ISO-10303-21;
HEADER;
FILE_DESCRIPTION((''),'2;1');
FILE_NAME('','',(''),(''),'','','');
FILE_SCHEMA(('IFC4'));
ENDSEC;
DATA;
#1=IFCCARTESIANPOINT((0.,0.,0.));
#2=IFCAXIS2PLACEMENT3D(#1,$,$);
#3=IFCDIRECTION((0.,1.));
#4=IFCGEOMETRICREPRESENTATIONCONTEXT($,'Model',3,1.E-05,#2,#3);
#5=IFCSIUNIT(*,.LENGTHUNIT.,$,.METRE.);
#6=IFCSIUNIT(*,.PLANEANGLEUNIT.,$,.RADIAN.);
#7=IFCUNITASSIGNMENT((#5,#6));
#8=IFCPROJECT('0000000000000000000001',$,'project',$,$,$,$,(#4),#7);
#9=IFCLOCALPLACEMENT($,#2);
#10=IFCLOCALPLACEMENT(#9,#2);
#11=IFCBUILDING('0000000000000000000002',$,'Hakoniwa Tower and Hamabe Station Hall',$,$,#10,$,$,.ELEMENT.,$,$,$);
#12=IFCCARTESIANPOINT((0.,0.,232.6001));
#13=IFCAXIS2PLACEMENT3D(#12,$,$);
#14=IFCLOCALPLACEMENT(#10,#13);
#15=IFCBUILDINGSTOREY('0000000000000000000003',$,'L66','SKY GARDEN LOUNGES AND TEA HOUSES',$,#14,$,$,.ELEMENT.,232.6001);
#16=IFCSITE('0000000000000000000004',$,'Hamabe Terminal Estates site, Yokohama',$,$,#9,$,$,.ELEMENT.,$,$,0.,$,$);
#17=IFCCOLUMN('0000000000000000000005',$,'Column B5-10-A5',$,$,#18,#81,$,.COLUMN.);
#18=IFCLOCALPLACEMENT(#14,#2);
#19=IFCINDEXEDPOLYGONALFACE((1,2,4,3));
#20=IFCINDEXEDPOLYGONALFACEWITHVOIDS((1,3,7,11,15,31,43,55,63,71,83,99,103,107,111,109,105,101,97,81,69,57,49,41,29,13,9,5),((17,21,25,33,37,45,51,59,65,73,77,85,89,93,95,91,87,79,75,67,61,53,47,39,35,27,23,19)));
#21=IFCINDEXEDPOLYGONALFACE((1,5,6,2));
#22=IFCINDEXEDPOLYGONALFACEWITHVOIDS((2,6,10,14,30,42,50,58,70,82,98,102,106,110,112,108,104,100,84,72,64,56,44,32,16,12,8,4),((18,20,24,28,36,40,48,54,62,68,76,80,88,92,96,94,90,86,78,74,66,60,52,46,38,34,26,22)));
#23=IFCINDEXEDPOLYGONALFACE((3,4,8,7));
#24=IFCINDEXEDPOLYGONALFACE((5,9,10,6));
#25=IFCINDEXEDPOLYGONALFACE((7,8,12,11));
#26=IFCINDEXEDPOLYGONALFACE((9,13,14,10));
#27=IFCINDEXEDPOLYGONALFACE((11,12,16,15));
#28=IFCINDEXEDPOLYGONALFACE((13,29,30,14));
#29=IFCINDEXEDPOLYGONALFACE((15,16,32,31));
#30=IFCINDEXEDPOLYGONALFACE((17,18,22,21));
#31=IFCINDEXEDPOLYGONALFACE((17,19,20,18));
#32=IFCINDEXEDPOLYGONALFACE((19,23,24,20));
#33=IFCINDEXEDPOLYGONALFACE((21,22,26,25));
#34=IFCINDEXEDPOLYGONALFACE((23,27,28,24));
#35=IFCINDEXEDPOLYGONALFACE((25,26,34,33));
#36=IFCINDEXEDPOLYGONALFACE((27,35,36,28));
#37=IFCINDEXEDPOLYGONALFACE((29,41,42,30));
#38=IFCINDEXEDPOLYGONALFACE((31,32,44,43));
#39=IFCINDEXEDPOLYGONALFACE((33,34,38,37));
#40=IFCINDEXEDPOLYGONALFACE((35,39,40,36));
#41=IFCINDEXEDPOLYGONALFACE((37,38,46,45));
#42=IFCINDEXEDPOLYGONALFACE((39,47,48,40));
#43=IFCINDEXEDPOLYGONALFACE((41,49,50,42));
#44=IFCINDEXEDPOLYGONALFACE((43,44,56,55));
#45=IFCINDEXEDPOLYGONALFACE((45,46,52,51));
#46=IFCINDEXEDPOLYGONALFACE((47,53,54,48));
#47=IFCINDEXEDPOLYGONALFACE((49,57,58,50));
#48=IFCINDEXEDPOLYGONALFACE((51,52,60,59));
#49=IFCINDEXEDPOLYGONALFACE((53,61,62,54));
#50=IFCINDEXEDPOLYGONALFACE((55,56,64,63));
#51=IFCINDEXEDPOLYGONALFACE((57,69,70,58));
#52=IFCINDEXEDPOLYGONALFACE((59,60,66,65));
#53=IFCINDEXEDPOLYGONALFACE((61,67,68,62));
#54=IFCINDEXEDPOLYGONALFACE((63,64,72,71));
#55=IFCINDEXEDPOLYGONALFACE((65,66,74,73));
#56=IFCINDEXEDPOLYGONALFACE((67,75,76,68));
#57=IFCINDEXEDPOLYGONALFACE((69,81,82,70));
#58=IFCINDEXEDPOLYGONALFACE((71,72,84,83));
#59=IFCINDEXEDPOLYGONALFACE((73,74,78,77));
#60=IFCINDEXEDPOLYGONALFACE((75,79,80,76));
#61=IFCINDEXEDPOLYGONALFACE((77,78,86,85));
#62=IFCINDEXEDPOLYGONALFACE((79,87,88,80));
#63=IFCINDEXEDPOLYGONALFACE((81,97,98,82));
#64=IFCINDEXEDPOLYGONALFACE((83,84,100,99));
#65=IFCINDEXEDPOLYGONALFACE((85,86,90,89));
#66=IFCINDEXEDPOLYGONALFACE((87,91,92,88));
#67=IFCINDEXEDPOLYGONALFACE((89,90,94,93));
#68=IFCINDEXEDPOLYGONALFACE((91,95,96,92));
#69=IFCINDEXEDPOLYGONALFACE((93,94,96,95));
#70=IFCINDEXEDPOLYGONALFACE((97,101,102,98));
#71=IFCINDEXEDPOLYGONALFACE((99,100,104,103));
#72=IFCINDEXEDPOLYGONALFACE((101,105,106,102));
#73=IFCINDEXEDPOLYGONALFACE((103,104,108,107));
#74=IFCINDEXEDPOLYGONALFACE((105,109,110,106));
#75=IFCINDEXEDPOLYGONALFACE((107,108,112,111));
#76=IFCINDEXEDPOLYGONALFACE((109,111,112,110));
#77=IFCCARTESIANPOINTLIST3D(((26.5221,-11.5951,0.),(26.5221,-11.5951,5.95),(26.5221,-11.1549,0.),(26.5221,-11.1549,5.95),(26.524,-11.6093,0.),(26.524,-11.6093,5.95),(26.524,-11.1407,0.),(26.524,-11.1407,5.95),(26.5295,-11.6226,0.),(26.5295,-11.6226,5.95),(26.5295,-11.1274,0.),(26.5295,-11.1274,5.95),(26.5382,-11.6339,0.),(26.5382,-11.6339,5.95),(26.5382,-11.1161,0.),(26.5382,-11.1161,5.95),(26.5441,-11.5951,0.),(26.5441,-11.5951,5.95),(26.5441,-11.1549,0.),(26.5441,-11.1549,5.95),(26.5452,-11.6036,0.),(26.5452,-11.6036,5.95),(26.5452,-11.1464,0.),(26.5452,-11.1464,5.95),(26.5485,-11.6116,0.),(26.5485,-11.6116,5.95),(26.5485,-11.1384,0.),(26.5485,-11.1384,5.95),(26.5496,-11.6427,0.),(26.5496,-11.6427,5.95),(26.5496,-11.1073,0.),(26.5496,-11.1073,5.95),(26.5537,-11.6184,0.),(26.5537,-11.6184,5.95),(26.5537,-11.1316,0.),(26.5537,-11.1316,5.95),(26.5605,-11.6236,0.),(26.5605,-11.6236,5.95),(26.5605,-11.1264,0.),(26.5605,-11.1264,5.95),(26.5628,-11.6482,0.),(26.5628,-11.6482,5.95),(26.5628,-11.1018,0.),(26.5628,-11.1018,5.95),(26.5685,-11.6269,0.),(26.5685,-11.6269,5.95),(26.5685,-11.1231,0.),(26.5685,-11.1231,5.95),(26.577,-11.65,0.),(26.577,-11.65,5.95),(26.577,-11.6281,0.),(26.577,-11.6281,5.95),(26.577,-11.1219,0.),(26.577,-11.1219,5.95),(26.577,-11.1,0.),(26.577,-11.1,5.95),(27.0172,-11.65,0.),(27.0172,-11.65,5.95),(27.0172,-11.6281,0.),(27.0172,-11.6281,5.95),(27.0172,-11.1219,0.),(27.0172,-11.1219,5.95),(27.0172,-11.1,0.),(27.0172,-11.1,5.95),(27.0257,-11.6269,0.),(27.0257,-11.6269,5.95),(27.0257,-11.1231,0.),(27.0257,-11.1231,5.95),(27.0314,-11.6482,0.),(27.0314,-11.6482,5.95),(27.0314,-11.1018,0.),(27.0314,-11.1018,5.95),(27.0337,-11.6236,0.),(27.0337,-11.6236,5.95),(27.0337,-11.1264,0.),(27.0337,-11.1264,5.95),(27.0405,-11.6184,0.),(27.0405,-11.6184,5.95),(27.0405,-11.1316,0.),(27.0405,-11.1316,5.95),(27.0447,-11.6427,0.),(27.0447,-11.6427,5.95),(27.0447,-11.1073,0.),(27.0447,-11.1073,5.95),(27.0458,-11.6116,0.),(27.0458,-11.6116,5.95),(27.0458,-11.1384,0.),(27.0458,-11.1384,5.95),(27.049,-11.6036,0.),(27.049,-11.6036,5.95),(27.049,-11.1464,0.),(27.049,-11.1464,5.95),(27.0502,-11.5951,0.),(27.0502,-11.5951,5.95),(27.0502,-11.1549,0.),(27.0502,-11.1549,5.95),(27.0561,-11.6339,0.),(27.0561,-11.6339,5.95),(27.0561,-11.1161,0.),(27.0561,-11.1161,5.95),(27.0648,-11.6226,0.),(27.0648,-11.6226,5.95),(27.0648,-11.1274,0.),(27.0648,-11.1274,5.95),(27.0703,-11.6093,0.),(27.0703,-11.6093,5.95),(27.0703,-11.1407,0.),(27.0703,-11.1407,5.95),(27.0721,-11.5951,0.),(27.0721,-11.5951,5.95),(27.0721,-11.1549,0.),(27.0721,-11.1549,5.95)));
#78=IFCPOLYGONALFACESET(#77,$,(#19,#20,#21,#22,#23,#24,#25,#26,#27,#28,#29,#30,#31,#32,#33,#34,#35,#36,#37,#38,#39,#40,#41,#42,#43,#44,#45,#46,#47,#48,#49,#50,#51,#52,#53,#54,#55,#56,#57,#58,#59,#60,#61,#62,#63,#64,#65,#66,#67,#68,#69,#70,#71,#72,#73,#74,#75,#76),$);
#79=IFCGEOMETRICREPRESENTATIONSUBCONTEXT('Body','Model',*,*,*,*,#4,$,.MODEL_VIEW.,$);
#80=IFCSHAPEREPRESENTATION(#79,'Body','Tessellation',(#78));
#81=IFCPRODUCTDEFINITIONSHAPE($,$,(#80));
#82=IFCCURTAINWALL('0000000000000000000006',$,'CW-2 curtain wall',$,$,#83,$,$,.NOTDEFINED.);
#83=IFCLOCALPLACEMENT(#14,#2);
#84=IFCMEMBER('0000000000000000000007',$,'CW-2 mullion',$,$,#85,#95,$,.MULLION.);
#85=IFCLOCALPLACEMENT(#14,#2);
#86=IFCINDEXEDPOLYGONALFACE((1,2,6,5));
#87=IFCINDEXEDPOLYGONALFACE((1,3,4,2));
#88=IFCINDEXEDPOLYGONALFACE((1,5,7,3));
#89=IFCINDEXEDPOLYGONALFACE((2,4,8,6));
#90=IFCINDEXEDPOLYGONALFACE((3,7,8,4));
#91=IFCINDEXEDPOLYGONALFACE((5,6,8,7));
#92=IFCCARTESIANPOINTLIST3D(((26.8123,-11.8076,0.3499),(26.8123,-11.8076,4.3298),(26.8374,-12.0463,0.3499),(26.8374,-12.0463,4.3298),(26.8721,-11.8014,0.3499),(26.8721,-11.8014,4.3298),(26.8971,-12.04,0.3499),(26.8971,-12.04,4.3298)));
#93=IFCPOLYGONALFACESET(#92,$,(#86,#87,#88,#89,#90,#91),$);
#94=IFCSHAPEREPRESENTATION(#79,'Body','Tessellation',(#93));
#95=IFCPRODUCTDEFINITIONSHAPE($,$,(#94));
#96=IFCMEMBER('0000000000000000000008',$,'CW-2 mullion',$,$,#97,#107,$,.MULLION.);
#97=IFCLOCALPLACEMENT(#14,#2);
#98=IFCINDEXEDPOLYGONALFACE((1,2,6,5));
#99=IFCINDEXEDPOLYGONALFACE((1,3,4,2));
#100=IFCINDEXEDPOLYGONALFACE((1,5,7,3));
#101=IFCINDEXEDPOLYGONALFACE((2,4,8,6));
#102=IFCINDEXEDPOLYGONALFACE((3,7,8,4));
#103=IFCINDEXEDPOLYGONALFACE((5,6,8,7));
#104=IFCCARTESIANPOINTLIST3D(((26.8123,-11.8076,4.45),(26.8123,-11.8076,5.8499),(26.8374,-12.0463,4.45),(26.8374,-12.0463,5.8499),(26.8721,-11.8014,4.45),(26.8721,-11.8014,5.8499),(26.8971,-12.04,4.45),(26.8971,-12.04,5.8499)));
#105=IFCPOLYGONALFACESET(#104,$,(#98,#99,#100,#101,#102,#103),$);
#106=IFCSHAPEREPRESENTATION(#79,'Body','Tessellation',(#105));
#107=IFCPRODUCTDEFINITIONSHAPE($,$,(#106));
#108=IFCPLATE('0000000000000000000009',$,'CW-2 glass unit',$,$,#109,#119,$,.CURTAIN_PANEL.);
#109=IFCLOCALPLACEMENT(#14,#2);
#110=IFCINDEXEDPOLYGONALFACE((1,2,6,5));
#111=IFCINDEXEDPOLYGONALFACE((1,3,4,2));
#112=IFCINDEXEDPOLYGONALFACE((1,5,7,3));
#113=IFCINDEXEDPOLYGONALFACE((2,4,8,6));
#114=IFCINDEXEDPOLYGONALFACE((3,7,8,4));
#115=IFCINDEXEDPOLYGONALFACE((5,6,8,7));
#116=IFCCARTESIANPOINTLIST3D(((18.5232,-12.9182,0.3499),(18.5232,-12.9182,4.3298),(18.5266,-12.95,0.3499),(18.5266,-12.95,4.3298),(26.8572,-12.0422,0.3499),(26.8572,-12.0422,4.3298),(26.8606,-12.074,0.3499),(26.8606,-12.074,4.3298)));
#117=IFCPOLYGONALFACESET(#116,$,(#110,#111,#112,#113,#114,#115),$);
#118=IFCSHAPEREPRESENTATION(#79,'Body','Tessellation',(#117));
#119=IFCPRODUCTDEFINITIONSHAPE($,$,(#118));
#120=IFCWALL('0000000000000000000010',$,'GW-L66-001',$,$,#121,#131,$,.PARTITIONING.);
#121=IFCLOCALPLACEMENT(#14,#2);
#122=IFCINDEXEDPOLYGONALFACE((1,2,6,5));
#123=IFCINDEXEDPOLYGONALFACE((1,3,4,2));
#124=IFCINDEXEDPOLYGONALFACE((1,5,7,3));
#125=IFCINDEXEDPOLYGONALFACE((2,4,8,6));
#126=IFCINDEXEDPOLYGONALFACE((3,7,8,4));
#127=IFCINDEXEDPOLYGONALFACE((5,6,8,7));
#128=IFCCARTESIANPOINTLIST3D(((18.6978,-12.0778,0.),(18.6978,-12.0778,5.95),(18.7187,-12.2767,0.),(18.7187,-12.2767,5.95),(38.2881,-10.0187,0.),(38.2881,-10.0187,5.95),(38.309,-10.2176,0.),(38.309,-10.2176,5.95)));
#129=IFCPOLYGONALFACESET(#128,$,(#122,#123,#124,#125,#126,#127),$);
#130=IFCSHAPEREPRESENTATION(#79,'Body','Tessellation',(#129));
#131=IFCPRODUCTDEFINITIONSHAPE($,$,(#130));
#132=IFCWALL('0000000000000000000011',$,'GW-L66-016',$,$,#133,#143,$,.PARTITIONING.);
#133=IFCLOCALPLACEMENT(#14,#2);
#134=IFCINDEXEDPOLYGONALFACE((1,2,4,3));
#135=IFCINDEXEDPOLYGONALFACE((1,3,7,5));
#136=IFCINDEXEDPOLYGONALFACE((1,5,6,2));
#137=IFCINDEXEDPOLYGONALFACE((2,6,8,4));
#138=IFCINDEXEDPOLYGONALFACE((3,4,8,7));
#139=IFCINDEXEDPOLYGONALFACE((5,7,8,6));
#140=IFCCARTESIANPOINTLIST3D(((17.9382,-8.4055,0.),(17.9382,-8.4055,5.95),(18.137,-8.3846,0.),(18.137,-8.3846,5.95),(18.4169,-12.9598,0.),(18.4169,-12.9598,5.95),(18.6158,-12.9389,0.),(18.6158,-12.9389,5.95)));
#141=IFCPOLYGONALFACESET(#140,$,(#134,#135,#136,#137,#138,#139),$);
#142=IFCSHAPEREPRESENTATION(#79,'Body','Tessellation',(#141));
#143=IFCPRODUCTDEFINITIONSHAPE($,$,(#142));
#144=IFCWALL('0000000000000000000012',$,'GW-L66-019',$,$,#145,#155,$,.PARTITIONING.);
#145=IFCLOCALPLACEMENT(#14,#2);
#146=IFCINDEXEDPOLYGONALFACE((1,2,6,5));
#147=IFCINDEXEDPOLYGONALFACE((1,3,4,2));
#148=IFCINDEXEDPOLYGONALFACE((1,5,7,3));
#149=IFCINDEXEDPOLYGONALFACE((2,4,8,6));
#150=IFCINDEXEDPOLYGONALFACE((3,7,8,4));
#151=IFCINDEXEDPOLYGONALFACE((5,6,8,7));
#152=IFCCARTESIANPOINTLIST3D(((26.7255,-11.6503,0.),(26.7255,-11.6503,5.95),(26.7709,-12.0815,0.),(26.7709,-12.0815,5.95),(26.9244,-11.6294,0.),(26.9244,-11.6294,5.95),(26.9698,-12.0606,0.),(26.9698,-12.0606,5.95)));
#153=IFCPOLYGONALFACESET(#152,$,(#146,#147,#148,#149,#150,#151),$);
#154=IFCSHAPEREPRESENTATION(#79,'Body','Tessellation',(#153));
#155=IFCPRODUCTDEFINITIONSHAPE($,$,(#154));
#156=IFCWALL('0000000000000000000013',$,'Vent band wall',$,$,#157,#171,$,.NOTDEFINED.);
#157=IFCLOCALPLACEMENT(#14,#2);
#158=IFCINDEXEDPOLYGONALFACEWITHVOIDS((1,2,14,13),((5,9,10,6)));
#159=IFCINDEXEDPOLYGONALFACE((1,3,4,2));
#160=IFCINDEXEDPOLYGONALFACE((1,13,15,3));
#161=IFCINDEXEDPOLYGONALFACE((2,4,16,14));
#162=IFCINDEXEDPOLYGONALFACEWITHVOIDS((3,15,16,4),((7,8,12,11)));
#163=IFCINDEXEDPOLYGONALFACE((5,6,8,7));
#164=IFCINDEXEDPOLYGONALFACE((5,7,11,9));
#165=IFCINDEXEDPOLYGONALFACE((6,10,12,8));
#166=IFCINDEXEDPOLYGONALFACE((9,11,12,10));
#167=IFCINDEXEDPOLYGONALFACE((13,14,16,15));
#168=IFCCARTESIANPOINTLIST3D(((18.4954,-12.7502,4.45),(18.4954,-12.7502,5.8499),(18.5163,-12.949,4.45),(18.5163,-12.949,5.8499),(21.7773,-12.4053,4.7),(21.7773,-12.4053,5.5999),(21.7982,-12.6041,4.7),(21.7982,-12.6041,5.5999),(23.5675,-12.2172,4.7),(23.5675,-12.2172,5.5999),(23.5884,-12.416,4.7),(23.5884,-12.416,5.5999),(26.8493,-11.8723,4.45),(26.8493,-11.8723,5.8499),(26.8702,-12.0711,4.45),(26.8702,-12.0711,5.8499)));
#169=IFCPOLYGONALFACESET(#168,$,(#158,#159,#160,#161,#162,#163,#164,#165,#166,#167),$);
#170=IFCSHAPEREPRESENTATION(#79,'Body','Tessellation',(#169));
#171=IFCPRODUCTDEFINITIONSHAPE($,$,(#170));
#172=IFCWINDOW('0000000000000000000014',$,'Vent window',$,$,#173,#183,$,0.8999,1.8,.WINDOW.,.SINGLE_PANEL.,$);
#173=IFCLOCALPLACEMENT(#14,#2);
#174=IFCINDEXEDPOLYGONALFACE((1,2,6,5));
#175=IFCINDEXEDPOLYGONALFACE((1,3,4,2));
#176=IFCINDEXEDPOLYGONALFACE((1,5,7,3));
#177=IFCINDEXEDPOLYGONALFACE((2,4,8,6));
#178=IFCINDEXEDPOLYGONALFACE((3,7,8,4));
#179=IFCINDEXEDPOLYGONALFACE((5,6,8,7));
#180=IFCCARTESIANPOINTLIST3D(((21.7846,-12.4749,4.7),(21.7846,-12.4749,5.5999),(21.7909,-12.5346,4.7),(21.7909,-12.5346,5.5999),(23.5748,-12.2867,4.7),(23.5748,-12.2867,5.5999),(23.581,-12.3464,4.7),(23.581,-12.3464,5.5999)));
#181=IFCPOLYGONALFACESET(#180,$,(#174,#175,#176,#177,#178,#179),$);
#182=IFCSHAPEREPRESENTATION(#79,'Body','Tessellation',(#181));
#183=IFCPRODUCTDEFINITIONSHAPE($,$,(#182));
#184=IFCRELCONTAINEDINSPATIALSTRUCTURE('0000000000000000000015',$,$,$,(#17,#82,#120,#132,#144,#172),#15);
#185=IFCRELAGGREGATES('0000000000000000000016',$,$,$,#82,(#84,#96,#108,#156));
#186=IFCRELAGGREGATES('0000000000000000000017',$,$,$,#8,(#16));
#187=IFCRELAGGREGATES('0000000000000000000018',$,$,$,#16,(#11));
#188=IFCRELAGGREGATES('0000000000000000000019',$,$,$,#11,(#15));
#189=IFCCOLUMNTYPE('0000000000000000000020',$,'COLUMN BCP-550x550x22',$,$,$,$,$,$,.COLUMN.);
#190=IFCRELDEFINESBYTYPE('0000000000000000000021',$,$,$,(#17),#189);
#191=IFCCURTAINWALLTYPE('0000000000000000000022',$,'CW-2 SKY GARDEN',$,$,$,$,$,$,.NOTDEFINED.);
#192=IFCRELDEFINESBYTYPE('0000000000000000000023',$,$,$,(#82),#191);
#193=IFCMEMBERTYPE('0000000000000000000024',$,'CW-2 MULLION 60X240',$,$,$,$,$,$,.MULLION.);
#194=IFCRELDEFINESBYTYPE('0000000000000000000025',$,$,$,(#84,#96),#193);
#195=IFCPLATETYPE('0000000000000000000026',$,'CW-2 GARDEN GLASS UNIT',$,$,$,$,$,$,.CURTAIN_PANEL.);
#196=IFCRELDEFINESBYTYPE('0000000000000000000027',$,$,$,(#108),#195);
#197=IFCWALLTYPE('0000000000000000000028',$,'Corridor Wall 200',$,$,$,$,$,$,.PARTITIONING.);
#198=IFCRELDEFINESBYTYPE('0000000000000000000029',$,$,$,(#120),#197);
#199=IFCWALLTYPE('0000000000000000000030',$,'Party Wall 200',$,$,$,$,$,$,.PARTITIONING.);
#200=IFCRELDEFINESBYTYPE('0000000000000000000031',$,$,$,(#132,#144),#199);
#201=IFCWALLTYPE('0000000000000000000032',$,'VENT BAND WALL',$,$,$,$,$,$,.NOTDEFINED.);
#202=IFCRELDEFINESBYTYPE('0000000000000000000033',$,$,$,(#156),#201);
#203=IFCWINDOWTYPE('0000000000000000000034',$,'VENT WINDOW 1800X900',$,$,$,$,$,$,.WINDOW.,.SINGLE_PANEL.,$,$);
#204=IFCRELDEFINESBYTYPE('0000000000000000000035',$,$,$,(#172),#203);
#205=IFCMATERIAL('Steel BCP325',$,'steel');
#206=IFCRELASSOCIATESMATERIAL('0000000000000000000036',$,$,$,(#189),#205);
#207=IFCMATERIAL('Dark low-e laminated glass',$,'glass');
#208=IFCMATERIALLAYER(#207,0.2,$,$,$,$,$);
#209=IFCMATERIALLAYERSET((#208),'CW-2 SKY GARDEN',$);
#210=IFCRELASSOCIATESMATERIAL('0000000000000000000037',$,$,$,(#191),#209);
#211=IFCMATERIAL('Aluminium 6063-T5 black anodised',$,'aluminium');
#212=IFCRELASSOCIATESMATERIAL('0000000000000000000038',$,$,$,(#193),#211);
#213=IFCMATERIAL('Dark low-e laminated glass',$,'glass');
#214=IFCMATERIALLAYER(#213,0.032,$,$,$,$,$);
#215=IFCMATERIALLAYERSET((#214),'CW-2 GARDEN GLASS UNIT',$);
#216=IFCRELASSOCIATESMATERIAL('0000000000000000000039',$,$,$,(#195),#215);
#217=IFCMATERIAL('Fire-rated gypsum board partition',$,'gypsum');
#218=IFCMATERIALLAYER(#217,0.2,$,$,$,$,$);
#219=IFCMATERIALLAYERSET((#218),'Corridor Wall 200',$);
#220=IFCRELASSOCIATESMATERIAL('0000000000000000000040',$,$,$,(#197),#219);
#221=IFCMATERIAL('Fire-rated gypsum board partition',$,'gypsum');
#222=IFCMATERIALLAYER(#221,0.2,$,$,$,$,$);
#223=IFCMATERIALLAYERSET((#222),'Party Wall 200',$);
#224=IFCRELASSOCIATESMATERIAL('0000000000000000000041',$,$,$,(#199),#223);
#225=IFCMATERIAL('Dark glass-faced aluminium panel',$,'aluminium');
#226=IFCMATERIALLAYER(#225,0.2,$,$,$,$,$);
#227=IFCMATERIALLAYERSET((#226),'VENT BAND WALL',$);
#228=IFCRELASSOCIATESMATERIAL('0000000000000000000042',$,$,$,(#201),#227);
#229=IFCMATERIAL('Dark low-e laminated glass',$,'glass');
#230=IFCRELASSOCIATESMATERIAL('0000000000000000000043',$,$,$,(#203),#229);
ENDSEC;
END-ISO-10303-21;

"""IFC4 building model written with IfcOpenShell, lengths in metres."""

from ifc_helpers import new_model, si_unit, direction, frame, frame_2d, origin, origin_2d, place, context, subcontext, project, spatial, rectangle, hollow_rectangle, extrude, material, layer, layer_set, material_profile, profile_set, type_object, element, fill, aggregate, save


model = new_model("IFC4")

# Units and contexts
model_context = context("Model", 3, precision=1e-05, world=origin(), true_north=direction((0.0, 1.0)))
body_context = subcontext(model_context, "Body", "Model", "MODEL_VIEW")
ifc_project = project(units=[si_unit("LENGTHUNIT", "METRE"), si_unit("PLANEANGLEUNIT", "RADIAN")], contexts=[model_context])

# Site, building, storey
site_placement = place(None, origin())
site = spatial("IfcSite", under=ifc_project, at=site_placement, Name="Hamabe Terminal Estates site, Yokohama", CompositionType="ELEMENT", RefElevation=0.0)
building_placement = place(site_placement, origin())
building = spatial("IfcBuilding", under=site, at=building_placement, Name="Hakoniwa Tower and Hamabe Station Hall", CompositionType="ELEMENT")
storey_placement = place(building_placement, frame((0.0, 0.0, 232.6001)))
storey = spatial("IfcBuildingStorey", under=building, at=storey_placement, Name="L66", Description="SKY GARDEN LOUNGES AND TEA HOUSES", CompositionType="ELEMENT", Elevation=232.6001)

# Column
ifc_material_1 = material(Name="Steel BCP325", Category="steel")
ifc_material_profile_1 = material_profile(ifc_material_1, hollow_rectangle(XDim=0.55, YDim=0.55, WallThickness=0.022, InnerFilletRadius=0.033, OuterFilletRadius=0.0549, at=origin_2d()), Name="BCP-550x550x22")
ifc_profile_set_1 = profile_set([ifc_material_profile_1], Name="Steel BCP325")
column_type = type_object("IfcColumnType", Name="COLUMN BCP-550x550x22", PredefinedType="COLUMN", material=ifc_profile_set_1)
column_placement = place(storey_placement, frame((26.7971, -11.375, 0.0), z_axis=(0.0, 0.0, 1.0), x_axis=(1.0, 0.0, 0.0)))
element("IfcColumn", 1, at=column_placement, inside=storey, type_object=column_type, Name="Column B5-10-A5", PredefinedType="COLUMN", context=body_context, shape_type="SweptSolid", body=[
    extrude(hollow_rectangle(XDim=0.55, YDim=0.55, WallThickness=0.022, InnerFilletRadius=0.033, OuterFilletRadius=0.0549, at=origin_2d()), origin(), (0.0, 0.0, 1.0), 5.95),
])

# Curtain wall, members, plate
ifc_material_2 = material(Name="Dark low-e laminated glass", Category="glass")
ifc_layer_1 = layer(ifc_material_2, 0.2)
ifc_layer_set_1 = layer_set([ifc_layer_1], Name="CW-2 SKY GARDEN")
curtain_wall_type = type_object("IfcCurtainWallType", Name="CW-2 SKY GARDEN", PredefinedType="NOTDEFINED", material=ifc_layer_set_1)
curtain_wall_placement = place(storey_placement, origin())
curtain_wall = element("IfcCurtainWall", 2, at=curtain_wall_placement, inside=storey, type_object=curtain_wall_type, Name="CW-2 curtain wall", PredefinedType="NOTDEFINED")
ifc_material_3 = material(Name="Aluminium 6063-T5 black anodised", Category="aluminium")
ifc_material_profile_2 = material_profile(ifc_material_3, rectangle(XDim=0.0601, YDim=0.24, at=origin_2d()), Name="CW-2 MULLION 60X240")
ifc_profile_set_2 = profile_set([ifc_material_profile_2], Name="Aluminium 6063-T5 black anodised")
member_type = type_object("IfcMemberType", Name="CW-2 MULLION 60X240", PredefinedType="MULLION", material=ifc_profile_set_2)
member_1_placement = place(storey_placement, frame((26.8547, -11.9238, 0.3499), z_axis=(0.0, 0.0, 1.0), x_axis=(0.994522, 0.104528, 0.0)))
member_1 = element("IfcMember", 3, at=member_1_placement, type_object=member_type, Name="CW-2 mullion", PredefinedType="MULLION", context=body_context, shape_type="SweptSolid", body=[
    extrude(rectangle(XDim=0.0601, YDim=0.24, at=origin_2d()), origin(), (0.0, 0.0, 1.0), 3.98),
])
member_2_placement = place(storey_placement, frame((26.8547, -11.9238, 4.45), z_axis=(0.0, 0.0, 1.0), x_axis=(0.994522, 0.104528, 0.0)))
member_2 = element("IfcMember", 4, at=member_2_placement, type_object=member_type, Name="CW-2 mullion", PredefinedType="MULLION", context=body_context, shape_type="SweptSolid", body=[
    extrude(rectangle(XDim=0.0601, YDim=0.24, at=origin_2d()), origin(), (0.0, 0.0, 1.0), 1.3999),
])
ifc_material_4 = material(Name="Dark low-e laminated glass", Category="glass")
ifc_layer_2 = layer(ifc_material_4, 0.032)
ifc_layer_set_2 = layer_set([ifc_layer_2], Name="CW-2 GARDEN GLASS UNIT")
plate_type = type_object("IfcPlateType", Name="CW-2 GARDEN GLASS UNIT", PredefinedType="CURTAIN_PANEL", material=ifc_layer_set_2)
plate_placement = place(storey_placement, frame((22.6919, -12.4961, 0.3499), z_axis=(0.0, 0.0, 1.0), x_axis=(0.994522, 0.104528, 0.0)))
plate = element("IfcPlate", 5, at=plate_placement, type_object=plate_type, Name="CW-2 glass unit", PredefinedType="CURTAIN_PANEL", context=body_context, shape_type="SweptSolid", body=[
    extrude(rectangle(XDim=8.3799, YDim=0.032, at=origin_2d()), origin(), (0.0, 0.0, 1.0), 3.98),
])

# Walls
ifc_material_5 = material(Name="Fire-rated gypsum board partition", Category="gypsum")
ifc_layer_3 = layer(ifc_material_5, 0.2)
ifc_layer_set_3 = layer_set([ifc_layer_3], Name="Corridor Wall 200")
wall_type_1 = type_object("IfcWallType", Name="Corridor Wall 200", PredefinedType="PARTITIONING", material=ifc_layer_set_3)
wall_1_placement = place(storey_placement, frame((18.7083, -12.1772, 0.0), z_axis=(0.0, 0.0, 1.0), x_axis=(0.994522, 0.104531, 0.0)))
element("IfcWall", 6, at=wall_1_placement, inside=storey, type_object=wall_type_1, Name="GW-L66-001", PredefinedType="PARTITIONING", context=body_context, shape_type="SweptSolid", body=[
    extrude(rectangle(XDim=19.6982, YDim=0.2, at=frame_2d((9.8491, 0.0))), origin(), (0.0, 0.0, 1.0), 5.95),
])
ifc_material_6 = material(Name="Fire-rated gypsum board partition", Category="gypsum")
ifc_layer_4 = layer(ifc_material_6, 0.2)
ifc_layer_set_4 = layer_set([ifc_layer_4], Name="Party Wall 200")
wall_type_2 = type_object("IfcWallType", Name="Party Wall 200", PredefinedType="PARTITIONING", material=ifc_layer_set_4)
wall_2_placement = place(storey_placement, frame((18.5164, -12.9492, 0.0), z_axis=(0.0, 0.0, 1.0), x_axis=(-0.104549, 0.99452, 0.0)))
element("IfcWall", 7, at=wall_2_placement, inside=storey, type_object=wall_type_2, Name="GW-L66-016", PredefinedType="PARTITIONING", context=body_context, shape_type="SweptSolid", body=[
    extrude(rectangle(XDim=4.5793, YDim=0.2, at=frame_2d((2.2896, 0.0))), origin(), (0.0, 0.0, 1.0), 5.95),
])
wall_3_placement = place(storey_placement, frame((26.8704, -12.071, 0.0), z_axis=(0.0, 0.0, 1.0), x_axis=(-0.104743, 0.994499, 0.0)))
element("IfcWall", 8, at=wall_3_placement, inside=storey, type_object=wall_type_2, Name="GW-L66-019", PredefinedType="PARTITIONING", context=body_context, shape_type="SweptSolid", body=[
    extrude(rectangle(XDim=0.4336, YDim=0.2, at=frame_2d((0.2168, 0.0))), origin(), (0.0, 0.0, 1.0), 5.95),
])

# Wall, opening, window
ifc_material_7 = material(Name="Dark glass-faced aluminium panel", Category="aluminium")
ifc_layer_5 = layer(ifc_material_7, 0.2)
ifc_layer_set_5 = layer_set([ifc_layer_5], Name="VENT BAND WALL")
wall_type_3 = type_object("IfcWallType", Name="VENT BAND WALL", PredefinedType="NOTDEFINED", material=ifc_layer_set_5)
wall_4_placement = place(storey_placement, frame((18.5059, -12.8496, 4.45), z_axis=(0.0, 0.0, 1.0), x_axis=(0.994523, 0.104515, 0.0)))
wall_4 = element("IfcWall", 9, at=wall_4_placement, type_object=wall_type_3, Name="Vent band wall", PredefinedType="NOTDEFINED", context=body_context, shape_type="SweptSolid", body=[
    extrude(rectangle(XDim=8.3999, YDim=0.2, at=frame_2d((4.2, 0.0))), origin(), (0.0, 0.0, 1.0), 1.3999),
])
opening_1_placement = place(wall_4_placement, frame((3.3, 0.0, 0.25)))
opening_1 = element("IfcOpeningElement", 10, at=opening_1_placement, cuts=wall_4, PredefinedType="OPENING", context=body_context, shape_type="SweptSolid", body=[
    extrude(rectangle(XDim=1.8, YDim=0.8999, at=frame_2d((0.8999, 0.45))), frame((0.0, 0.1099, 0.0), z_axis=(0.0, -1.0, 0.0), x_axis=(1.0, 0.0, 0.0)), (0.0, 0.0, 1.0), 0.22),
])
ifc_material_8 = material(Name="Dark low-e laminated glass", Category="glass")
window_type = type_object("IfcWindowType", Name="VENT WINDOW 1800X900", PartitioningType="SINGLE_PANEL", PredefinedType="WINDOW", material=ifc_material_8)
window_1_placement = place(opening_1_placement, origin())
window_1 = element("IfcWindow", 11, at=window_1_placement, inside=storey, type_object=window_type, Name="Vent window", OverallHeight=0.8999, OverallWidth=1.8, PartitioningType="SINGLE_PANEL", PredefinedType="WINDOW", context=body_context, shape_type="SweptSolid", body=[
    extrude(rectangle(XDim=1.8, YDim=0.8999, at=frame_2d((0.8999, 0.45))), frame((0.0, 0.03, 0.0), z_axis=(0.0, -1.0, 0.0), x_axis=(1.0, 0.0, 0.0)), (0.0, 0.0, 1.0), 0.0601),
])
fill(opening_1, window_1)
aggregate(curtain_wall, [member_1, member_2, plate, wall_4])

save(model, "model.ifc")
